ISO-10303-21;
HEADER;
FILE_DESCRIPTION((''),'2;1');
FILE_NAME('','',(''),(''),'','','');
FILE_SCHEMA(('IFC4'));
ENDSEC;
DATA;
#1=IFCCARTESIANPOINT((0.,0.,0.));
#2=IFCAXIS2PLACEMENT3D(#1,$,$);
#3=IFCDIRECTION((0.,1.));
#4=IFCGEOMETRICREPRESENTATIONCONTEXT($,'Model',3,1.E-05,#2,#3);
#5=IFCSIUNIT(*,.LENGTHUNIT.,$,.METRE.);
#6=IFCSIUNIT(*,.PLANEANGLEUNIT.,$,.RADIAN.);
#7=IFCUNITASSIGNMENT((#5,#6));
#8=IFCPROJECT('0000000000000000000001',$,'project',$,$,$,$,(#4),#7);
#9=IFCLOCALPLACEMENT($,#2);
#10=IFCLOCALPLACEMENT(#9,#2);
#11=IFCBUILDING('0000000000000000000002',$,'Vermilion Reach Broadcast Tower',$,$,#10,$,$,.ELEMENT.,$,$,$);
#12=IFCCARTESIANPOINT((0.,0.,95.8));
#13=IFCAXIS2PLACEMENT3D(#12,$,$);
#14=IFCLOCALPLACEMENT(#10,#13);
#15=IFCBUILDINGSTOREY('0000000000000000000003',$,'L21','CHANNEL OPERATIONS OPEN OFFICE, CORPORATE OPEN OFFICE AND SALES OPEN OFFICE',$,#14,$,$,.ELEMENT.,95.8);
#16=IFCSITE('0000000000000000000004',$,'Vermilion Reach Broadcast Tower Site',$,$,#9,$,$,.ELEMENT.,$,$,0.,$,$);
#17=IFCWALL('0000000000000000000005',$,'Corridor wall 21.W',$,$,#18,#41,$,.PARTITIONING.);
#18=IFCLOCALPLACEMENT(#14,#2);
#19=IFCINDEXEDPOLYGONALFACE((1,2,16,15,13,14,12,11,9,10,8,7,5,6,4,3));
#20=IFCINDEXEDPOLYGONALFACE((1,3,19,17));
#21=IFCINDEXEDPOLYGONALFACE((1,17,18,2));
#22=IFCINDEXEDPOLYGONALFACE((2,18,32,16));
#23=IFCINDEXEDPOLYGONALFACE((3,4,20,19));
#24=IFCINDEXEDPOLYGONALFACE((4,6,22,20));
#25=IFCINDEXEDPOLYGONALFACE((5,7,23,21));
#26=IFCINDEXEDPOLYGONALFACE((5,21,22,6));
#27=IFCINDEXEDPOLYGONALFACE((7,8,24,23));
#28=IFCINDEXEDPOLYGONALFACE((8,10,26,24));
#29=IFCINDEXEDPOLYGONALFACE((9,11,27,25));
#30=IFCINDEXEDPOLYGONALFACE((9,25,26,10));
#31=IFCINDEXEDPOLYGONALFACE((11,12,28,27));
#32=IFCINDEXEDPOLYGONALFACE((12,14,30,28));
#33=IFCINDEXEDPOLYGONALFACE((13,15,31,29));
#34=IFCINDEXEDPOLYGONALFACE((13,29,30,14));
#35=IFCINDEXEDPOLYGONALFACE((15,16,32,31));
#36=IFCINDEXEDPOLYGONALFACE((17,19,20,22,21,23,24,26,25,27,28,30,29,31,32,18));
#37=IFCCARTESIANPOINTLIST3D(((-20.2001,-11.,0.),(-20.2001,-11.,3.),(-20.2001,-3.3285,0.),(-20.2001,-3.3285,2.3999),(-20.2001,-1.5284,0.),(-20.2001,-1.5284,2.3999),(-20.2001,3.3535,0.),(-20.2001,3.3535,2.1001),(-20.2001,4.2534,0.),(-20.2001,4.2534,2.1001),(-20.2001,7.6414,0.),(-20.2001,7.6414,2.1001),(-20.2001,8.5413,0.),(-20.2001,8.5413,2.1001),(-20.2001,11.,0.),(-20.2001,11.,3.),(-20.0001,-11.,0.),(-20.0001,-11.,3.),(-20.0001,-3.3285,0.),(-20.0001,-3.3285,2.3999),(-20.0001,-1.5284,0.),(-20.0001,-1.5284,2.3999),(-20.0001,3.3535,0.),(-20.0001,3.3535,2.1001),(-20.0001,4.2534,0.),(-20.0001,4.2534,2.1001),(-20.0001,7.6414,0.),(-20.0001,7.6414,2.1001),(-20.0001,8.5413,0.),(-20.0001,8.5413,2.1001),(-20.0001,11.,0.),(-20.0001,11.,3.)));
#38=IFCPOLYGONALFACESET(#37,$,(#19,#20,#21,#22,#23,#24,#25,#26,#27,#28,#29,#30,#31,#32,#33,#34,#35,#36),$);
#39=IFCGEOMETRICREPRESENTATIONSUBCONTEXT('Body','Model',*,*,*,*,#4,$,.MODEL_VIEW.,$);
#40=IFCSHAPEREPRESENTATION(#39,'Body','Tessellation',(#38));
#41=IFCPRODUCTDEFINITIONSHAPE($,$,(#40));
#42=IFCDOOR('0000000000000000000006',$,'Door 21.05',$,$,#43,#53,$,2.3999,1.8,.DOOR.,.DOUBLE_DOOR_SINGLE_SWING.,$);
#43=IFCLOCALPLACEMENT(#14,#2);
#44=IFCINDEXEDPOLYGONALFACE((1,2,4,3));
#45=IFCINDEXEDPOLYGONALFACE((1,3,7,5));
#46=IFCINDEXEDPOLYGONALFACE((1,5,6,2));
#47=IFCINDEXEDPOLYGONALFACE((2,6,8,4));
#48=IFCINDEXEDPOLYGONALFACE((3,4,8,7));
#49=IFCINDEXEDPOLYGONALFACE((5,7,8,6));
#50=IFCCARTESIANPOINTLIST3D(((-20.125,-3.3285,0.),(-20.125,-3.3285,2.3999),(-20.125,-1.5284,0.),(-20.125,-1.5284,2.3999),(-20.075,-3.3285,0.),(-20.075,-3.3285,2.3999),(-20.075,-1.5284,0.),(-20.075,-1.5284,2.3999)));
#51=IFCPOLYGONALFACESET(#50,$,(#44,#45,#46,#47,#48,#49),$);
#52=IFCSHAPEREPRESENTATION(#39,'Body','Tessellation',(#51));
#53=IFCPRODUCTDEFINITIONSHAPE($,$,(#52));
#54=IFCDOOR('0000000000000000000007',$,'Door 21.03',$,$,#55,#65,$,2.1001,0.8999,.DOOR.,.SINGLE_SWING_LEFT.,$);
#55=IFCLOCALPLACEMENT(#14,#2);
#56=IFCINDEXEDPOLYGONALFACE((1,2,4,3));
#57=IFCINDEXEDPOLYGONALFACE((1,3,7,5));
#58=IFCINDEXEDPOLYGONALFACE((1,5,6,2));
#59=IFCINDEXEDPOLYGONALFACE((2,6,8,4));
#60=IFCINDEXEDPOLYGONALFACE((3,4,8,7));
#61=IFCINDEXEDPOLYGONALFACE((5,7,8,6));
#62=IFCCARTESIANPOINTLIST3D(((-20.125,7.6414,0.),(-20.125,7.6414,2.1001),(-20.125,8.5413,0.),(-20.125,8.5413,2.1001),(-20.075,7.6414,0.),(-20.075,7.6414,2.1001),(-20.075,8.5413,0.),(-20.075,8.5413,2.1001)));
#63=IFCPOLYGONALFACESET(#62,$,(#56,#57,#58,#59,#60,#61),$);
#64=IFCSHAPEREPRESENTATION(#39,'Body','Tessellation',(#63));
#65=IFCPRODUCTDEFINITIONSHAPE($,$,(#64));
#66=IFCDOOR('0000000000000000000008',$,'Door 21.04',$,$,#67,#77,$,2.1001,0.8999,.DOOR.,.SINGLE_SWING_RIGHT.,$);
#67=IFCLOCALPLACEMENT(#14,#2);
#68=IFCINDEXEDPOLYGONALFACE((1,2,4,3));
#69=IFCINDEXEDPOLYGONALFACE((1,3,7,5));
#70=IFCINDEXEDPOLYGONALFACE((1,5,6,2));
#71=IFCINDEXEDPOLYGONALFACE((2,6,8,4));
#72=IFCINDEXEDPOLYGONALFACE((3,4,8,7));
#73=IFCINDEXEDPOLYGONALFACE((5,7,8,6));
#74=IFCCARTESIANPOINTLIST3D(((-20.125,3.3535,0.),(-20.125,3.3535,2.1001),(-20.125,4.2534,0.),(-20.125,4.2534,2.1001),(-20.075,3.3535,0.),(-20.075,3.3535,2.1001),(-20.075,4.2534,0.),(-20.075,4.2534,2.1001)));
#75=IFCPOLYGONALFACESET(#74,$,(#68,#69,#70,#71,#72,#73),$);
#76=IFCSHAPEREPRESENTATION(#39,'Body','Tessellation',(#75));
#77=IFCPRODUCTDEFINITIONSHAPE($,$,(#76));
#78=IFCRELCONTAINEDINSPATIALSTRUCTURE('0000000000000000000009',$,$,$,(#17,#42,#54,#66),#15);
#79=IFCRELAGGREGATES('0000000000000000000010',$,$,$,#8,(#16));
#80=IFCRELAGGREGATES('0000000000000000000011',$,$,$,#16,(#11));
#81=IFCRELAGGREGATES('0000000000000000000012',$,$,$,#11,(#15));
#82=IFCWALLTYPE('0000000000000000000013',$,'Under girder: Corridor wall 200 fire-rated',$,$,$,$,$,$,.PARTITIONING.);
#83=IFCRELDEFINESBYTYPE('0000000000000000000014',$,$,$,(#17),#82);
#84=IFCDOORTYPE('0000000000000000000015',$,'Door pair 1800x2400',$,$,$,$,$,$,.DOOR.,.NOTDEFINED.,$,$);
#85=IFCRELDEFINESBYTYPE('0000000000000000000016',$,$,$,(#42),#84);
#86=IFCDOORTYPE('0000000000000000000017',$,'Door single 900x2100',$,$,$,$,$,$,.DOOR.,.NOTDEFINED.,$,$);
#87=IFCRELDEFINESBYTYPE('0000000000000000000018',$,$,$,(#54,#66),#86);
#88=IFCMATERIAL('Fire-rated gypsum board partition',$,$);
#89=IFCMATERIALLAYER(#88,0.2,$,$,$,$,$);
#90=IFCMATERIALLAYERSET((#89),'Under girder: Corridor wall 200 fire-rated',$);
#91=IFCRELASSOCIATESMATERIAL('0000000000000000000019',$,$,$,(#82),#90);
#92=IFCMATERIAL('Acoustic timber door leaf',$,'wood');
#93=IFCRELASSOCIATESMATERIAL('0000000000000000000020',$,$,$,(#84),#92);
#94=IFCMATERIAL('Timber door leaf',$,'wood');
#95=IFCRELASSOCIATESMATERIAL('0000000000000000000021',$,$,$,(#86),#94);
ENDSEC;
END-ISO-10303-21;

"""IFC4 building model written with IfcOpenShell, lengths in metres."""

from ifc_helpers import new_model, si_unit, direction, frame, frame_2d, origin, place, context, subcontext, project, spatial, rectangle, extrude, material, layer, layer_set, type_object, element, fill, save


model = new_model("IFC4")

# Units and contexts
model_context = context("Model", 3, precision=1e-05, world=origin(), true_north=direction((0.0, 1.0)))
body_context = subcontext(model_context, "Body", "Model", "MODEL_VIEW")
ifc_project = project(units=[si_unit("LENGTHUNIT", "METRE"), si_unit("PLANEANGLEUNIT", "RADIAN")], contexts=[model_context])

# Site, building, storey
site_placement = place(None, origin())
site = spatial("IfcSite", under=ifc_project, at=site_placement, Name="Vermilion Reach Broadcast Tower Site", CompositionType="ELEMENT", RefElevation=0.0)
building_placement = place(site_placement, origin())
building = spatial("IfcBuilding", under=site, at=building_placement, Name="Vermilion Reach Broadcast Tower", CompositionType="ELEMENT")
storey_placement = place(building_placement, frame((0.0, 0.0, 95.8)))
storey = spatial("IfcBuildingStorey", under=building, at=storey_placement, Name="L21", Description="CHANNEL OPERATIONS OPEN OFFICE, CORPORATE OPEN OFFICE AND SALES OPEN OFFICE", CompositionType="ELEMENT", Elevation=95.8)

# Wall, openings, doors
ifc_material_1 = material(Name="Fire-rated gypsum board partition")
ifc_layer_1 = layer(ifc_material_1, 0.2)
ifc_layer_set_1 = layer_set([ifc_layer_1], Name="Under girder: Corridor wall 200 fire-rated")
wall_type_1 = type_object("IfcWallType", Name="Under girder: Corridor wall 200 fire-rated", PredefinedType="PARTITIONING", material=ifc_layer_set_1)
wall_1_placement = place(storey_placement, frame((-20.1001, -11.0, 0.0), z_axis=(0.0, 0.0, 1.0), x_axis=(0.0, 1.0, 0.0)))
wall_1 = element("IfcWall", 1, at=wall_1_placement, inside=storey, type_object=wall_type_1, Name="Corridor wall 21.W", PredefinedType="PARTITIONING", context=body_context, shape_type="SweptSolid", body=[
    extrude(rectangle(XDim=22.0, YDim=0.2, at=frame_2d((11.0, 0.0))), origin(), (0.0, 0.0, 1.0), 3.0),
])
opening_1_placement = place(wall_1_placement, frame((18.6414, 0.0, 0.0)))
opening_1 = element("IfcOpeningElement", 2, at=opening_1_placement, cuts=wall_1, PredefinedType="OPENING", context=body_context, shape_type="SweptSolid", body=[
    extrude(rectangle(XDim=0.8999, YDim=2.1001, at=frame_2d((0.45, 1.05))), frame((0.0, 0.1099, 0.0), z_axis=(0.0, -1.0, 0.0), x_axis=(1.0, 0.0, 0.0)), (0.0, 0.0, 1.0), 0.22),
])
opening_2_placement = place(wall_1_placement, frame((14.3535, 0.0, 0.0)))
opening_2 = element("IfcOpeningElement", 3, at=opening_2_placement, cuts=wall_1, PredefinedType="OPENING", context=body_context, shape_type="SweptSolid", body=[
    extrude(rectangle(XDim=0.8999, YDim=2.1001, at=frame_2d((0.45, 1.05))), frame((0.0, 0.1099, 0.0), z_axis=(0.0, -1.0, 0.0), x_axis=(1.0, 0.0, 0.0)), (0.0, 0.0, 1.0), 0.22),
])
opening_3_placement = place(wall_1_placement, frame((7.6716, 0.0, 0.0)))
opening_3 = element("IfcOpeningElement", 4, at=opening_3_placement, cuts=wall_1, PredefinedType="OPENING", context=body_context, shape_type="SweptSolid", body=[
    extrude(rectangle(XDim=1.8, YDim=2.3999, at=frame_2d((0.8999, 1.2))), frame((0.0, 0.1099, 0.0), z_axis=(0.0, -1.0, 0.0), x_axis=(1.0, 0.0, 0.0)), (0.0, 0.0, 1.0), 0.22),
])
ifc_material_2 = material(Name="Acoustic timber door leaf", Category="wood")
door_type_1 = type_object("IfcDoorType", Name="Door pair 1800x2400", OperationType="NOTDEFINED", PredefinedType="DOOR", material=ifc_material_2)
door_1_placement = place(opening_3_placement, origin())
door_1 = element("IfcDoor", 5, at=door_1_placement, inside=storey, type_object=door_type_1, Name="Door 21.05", OperationType="DOUBLE_DOOR_SINGLE_SWING", OverallHeight=2.3999, OverallWidth=1.8, PredefinedType="DOOR", context=body_context, shape_type="SweptSolid", body=[
    extrude(rectangle(XDim=1.8, YDim=2.3999, at=frame_2d((0.8999, 1.2))), frame((0.0, 0.0249, 0.0), z_axis=(0.0, -1.0, 0.0), x_axis=(1.0, 0.0, 0.0)), (0.0, 0.0, 1.0), 0.05),
])
fill(opening_3, door_1)
ifc_material_3 = material(Name="Timber door leaf", Category="wood")
door_type_2 = type_object("IfcDoorType", Name="Door single 900x2100", OperationType="NOTDEFINED", PredefinedType="DOOR", material=ifc_material_3)
door_2_placement = place(opening_1_placement, origin())
door_2 = element("IfcDoor", 6, at=door_2_placement, inside=storey, type_object=door_type_2, Name="Door 21.03", OperationType="SINGLE_SWING_LEFT", OverallHeight=2.1001, OverallWidth=0.8999, PredefinedType="DOOR", context=body_context, shape_type="SweptSolid", body=[
    extrude(rectangle(XDim=0.8999, YDim=2.1001, at=frame_2d((0.45, 1.05))), frame((0.0, 0.0249, 0.0), z_axis=(0.0, -1.0, 0.0), x_axis=(1.0, 0.0, 0.0)), (0.0, 0.0, 1.0), 0.05),
])
fill(opening_1, door_2)
door_3_placement = place(opening_2_placement, origin())
door_3 = element("IfcDoor", 7, at=door_3_placement, inside=storey, type_object=door_type_2, Name="Door 21.04", OperationType="SINGLE_SWING_RIGHT", OverallHeight=2.1001, OverallWidth=0.8999, PredefinedType="DOOR", context=body_context, shape_type="SweptSolid", body=[
    extrude(rectangle(XDim=0.8999, YDim=2.1001, at=frame_2d((0.45, 1.05))), frame((0.0, 0.0249, 0.0), z_axis=(0.0, -1.0, 0.0), x_axis=(1.0, 0.0, 0.0)), (0.0, 0.0, 1.0), 0.05),
])
fill(opening_2, door_3)

save(model, "model.ifc")
